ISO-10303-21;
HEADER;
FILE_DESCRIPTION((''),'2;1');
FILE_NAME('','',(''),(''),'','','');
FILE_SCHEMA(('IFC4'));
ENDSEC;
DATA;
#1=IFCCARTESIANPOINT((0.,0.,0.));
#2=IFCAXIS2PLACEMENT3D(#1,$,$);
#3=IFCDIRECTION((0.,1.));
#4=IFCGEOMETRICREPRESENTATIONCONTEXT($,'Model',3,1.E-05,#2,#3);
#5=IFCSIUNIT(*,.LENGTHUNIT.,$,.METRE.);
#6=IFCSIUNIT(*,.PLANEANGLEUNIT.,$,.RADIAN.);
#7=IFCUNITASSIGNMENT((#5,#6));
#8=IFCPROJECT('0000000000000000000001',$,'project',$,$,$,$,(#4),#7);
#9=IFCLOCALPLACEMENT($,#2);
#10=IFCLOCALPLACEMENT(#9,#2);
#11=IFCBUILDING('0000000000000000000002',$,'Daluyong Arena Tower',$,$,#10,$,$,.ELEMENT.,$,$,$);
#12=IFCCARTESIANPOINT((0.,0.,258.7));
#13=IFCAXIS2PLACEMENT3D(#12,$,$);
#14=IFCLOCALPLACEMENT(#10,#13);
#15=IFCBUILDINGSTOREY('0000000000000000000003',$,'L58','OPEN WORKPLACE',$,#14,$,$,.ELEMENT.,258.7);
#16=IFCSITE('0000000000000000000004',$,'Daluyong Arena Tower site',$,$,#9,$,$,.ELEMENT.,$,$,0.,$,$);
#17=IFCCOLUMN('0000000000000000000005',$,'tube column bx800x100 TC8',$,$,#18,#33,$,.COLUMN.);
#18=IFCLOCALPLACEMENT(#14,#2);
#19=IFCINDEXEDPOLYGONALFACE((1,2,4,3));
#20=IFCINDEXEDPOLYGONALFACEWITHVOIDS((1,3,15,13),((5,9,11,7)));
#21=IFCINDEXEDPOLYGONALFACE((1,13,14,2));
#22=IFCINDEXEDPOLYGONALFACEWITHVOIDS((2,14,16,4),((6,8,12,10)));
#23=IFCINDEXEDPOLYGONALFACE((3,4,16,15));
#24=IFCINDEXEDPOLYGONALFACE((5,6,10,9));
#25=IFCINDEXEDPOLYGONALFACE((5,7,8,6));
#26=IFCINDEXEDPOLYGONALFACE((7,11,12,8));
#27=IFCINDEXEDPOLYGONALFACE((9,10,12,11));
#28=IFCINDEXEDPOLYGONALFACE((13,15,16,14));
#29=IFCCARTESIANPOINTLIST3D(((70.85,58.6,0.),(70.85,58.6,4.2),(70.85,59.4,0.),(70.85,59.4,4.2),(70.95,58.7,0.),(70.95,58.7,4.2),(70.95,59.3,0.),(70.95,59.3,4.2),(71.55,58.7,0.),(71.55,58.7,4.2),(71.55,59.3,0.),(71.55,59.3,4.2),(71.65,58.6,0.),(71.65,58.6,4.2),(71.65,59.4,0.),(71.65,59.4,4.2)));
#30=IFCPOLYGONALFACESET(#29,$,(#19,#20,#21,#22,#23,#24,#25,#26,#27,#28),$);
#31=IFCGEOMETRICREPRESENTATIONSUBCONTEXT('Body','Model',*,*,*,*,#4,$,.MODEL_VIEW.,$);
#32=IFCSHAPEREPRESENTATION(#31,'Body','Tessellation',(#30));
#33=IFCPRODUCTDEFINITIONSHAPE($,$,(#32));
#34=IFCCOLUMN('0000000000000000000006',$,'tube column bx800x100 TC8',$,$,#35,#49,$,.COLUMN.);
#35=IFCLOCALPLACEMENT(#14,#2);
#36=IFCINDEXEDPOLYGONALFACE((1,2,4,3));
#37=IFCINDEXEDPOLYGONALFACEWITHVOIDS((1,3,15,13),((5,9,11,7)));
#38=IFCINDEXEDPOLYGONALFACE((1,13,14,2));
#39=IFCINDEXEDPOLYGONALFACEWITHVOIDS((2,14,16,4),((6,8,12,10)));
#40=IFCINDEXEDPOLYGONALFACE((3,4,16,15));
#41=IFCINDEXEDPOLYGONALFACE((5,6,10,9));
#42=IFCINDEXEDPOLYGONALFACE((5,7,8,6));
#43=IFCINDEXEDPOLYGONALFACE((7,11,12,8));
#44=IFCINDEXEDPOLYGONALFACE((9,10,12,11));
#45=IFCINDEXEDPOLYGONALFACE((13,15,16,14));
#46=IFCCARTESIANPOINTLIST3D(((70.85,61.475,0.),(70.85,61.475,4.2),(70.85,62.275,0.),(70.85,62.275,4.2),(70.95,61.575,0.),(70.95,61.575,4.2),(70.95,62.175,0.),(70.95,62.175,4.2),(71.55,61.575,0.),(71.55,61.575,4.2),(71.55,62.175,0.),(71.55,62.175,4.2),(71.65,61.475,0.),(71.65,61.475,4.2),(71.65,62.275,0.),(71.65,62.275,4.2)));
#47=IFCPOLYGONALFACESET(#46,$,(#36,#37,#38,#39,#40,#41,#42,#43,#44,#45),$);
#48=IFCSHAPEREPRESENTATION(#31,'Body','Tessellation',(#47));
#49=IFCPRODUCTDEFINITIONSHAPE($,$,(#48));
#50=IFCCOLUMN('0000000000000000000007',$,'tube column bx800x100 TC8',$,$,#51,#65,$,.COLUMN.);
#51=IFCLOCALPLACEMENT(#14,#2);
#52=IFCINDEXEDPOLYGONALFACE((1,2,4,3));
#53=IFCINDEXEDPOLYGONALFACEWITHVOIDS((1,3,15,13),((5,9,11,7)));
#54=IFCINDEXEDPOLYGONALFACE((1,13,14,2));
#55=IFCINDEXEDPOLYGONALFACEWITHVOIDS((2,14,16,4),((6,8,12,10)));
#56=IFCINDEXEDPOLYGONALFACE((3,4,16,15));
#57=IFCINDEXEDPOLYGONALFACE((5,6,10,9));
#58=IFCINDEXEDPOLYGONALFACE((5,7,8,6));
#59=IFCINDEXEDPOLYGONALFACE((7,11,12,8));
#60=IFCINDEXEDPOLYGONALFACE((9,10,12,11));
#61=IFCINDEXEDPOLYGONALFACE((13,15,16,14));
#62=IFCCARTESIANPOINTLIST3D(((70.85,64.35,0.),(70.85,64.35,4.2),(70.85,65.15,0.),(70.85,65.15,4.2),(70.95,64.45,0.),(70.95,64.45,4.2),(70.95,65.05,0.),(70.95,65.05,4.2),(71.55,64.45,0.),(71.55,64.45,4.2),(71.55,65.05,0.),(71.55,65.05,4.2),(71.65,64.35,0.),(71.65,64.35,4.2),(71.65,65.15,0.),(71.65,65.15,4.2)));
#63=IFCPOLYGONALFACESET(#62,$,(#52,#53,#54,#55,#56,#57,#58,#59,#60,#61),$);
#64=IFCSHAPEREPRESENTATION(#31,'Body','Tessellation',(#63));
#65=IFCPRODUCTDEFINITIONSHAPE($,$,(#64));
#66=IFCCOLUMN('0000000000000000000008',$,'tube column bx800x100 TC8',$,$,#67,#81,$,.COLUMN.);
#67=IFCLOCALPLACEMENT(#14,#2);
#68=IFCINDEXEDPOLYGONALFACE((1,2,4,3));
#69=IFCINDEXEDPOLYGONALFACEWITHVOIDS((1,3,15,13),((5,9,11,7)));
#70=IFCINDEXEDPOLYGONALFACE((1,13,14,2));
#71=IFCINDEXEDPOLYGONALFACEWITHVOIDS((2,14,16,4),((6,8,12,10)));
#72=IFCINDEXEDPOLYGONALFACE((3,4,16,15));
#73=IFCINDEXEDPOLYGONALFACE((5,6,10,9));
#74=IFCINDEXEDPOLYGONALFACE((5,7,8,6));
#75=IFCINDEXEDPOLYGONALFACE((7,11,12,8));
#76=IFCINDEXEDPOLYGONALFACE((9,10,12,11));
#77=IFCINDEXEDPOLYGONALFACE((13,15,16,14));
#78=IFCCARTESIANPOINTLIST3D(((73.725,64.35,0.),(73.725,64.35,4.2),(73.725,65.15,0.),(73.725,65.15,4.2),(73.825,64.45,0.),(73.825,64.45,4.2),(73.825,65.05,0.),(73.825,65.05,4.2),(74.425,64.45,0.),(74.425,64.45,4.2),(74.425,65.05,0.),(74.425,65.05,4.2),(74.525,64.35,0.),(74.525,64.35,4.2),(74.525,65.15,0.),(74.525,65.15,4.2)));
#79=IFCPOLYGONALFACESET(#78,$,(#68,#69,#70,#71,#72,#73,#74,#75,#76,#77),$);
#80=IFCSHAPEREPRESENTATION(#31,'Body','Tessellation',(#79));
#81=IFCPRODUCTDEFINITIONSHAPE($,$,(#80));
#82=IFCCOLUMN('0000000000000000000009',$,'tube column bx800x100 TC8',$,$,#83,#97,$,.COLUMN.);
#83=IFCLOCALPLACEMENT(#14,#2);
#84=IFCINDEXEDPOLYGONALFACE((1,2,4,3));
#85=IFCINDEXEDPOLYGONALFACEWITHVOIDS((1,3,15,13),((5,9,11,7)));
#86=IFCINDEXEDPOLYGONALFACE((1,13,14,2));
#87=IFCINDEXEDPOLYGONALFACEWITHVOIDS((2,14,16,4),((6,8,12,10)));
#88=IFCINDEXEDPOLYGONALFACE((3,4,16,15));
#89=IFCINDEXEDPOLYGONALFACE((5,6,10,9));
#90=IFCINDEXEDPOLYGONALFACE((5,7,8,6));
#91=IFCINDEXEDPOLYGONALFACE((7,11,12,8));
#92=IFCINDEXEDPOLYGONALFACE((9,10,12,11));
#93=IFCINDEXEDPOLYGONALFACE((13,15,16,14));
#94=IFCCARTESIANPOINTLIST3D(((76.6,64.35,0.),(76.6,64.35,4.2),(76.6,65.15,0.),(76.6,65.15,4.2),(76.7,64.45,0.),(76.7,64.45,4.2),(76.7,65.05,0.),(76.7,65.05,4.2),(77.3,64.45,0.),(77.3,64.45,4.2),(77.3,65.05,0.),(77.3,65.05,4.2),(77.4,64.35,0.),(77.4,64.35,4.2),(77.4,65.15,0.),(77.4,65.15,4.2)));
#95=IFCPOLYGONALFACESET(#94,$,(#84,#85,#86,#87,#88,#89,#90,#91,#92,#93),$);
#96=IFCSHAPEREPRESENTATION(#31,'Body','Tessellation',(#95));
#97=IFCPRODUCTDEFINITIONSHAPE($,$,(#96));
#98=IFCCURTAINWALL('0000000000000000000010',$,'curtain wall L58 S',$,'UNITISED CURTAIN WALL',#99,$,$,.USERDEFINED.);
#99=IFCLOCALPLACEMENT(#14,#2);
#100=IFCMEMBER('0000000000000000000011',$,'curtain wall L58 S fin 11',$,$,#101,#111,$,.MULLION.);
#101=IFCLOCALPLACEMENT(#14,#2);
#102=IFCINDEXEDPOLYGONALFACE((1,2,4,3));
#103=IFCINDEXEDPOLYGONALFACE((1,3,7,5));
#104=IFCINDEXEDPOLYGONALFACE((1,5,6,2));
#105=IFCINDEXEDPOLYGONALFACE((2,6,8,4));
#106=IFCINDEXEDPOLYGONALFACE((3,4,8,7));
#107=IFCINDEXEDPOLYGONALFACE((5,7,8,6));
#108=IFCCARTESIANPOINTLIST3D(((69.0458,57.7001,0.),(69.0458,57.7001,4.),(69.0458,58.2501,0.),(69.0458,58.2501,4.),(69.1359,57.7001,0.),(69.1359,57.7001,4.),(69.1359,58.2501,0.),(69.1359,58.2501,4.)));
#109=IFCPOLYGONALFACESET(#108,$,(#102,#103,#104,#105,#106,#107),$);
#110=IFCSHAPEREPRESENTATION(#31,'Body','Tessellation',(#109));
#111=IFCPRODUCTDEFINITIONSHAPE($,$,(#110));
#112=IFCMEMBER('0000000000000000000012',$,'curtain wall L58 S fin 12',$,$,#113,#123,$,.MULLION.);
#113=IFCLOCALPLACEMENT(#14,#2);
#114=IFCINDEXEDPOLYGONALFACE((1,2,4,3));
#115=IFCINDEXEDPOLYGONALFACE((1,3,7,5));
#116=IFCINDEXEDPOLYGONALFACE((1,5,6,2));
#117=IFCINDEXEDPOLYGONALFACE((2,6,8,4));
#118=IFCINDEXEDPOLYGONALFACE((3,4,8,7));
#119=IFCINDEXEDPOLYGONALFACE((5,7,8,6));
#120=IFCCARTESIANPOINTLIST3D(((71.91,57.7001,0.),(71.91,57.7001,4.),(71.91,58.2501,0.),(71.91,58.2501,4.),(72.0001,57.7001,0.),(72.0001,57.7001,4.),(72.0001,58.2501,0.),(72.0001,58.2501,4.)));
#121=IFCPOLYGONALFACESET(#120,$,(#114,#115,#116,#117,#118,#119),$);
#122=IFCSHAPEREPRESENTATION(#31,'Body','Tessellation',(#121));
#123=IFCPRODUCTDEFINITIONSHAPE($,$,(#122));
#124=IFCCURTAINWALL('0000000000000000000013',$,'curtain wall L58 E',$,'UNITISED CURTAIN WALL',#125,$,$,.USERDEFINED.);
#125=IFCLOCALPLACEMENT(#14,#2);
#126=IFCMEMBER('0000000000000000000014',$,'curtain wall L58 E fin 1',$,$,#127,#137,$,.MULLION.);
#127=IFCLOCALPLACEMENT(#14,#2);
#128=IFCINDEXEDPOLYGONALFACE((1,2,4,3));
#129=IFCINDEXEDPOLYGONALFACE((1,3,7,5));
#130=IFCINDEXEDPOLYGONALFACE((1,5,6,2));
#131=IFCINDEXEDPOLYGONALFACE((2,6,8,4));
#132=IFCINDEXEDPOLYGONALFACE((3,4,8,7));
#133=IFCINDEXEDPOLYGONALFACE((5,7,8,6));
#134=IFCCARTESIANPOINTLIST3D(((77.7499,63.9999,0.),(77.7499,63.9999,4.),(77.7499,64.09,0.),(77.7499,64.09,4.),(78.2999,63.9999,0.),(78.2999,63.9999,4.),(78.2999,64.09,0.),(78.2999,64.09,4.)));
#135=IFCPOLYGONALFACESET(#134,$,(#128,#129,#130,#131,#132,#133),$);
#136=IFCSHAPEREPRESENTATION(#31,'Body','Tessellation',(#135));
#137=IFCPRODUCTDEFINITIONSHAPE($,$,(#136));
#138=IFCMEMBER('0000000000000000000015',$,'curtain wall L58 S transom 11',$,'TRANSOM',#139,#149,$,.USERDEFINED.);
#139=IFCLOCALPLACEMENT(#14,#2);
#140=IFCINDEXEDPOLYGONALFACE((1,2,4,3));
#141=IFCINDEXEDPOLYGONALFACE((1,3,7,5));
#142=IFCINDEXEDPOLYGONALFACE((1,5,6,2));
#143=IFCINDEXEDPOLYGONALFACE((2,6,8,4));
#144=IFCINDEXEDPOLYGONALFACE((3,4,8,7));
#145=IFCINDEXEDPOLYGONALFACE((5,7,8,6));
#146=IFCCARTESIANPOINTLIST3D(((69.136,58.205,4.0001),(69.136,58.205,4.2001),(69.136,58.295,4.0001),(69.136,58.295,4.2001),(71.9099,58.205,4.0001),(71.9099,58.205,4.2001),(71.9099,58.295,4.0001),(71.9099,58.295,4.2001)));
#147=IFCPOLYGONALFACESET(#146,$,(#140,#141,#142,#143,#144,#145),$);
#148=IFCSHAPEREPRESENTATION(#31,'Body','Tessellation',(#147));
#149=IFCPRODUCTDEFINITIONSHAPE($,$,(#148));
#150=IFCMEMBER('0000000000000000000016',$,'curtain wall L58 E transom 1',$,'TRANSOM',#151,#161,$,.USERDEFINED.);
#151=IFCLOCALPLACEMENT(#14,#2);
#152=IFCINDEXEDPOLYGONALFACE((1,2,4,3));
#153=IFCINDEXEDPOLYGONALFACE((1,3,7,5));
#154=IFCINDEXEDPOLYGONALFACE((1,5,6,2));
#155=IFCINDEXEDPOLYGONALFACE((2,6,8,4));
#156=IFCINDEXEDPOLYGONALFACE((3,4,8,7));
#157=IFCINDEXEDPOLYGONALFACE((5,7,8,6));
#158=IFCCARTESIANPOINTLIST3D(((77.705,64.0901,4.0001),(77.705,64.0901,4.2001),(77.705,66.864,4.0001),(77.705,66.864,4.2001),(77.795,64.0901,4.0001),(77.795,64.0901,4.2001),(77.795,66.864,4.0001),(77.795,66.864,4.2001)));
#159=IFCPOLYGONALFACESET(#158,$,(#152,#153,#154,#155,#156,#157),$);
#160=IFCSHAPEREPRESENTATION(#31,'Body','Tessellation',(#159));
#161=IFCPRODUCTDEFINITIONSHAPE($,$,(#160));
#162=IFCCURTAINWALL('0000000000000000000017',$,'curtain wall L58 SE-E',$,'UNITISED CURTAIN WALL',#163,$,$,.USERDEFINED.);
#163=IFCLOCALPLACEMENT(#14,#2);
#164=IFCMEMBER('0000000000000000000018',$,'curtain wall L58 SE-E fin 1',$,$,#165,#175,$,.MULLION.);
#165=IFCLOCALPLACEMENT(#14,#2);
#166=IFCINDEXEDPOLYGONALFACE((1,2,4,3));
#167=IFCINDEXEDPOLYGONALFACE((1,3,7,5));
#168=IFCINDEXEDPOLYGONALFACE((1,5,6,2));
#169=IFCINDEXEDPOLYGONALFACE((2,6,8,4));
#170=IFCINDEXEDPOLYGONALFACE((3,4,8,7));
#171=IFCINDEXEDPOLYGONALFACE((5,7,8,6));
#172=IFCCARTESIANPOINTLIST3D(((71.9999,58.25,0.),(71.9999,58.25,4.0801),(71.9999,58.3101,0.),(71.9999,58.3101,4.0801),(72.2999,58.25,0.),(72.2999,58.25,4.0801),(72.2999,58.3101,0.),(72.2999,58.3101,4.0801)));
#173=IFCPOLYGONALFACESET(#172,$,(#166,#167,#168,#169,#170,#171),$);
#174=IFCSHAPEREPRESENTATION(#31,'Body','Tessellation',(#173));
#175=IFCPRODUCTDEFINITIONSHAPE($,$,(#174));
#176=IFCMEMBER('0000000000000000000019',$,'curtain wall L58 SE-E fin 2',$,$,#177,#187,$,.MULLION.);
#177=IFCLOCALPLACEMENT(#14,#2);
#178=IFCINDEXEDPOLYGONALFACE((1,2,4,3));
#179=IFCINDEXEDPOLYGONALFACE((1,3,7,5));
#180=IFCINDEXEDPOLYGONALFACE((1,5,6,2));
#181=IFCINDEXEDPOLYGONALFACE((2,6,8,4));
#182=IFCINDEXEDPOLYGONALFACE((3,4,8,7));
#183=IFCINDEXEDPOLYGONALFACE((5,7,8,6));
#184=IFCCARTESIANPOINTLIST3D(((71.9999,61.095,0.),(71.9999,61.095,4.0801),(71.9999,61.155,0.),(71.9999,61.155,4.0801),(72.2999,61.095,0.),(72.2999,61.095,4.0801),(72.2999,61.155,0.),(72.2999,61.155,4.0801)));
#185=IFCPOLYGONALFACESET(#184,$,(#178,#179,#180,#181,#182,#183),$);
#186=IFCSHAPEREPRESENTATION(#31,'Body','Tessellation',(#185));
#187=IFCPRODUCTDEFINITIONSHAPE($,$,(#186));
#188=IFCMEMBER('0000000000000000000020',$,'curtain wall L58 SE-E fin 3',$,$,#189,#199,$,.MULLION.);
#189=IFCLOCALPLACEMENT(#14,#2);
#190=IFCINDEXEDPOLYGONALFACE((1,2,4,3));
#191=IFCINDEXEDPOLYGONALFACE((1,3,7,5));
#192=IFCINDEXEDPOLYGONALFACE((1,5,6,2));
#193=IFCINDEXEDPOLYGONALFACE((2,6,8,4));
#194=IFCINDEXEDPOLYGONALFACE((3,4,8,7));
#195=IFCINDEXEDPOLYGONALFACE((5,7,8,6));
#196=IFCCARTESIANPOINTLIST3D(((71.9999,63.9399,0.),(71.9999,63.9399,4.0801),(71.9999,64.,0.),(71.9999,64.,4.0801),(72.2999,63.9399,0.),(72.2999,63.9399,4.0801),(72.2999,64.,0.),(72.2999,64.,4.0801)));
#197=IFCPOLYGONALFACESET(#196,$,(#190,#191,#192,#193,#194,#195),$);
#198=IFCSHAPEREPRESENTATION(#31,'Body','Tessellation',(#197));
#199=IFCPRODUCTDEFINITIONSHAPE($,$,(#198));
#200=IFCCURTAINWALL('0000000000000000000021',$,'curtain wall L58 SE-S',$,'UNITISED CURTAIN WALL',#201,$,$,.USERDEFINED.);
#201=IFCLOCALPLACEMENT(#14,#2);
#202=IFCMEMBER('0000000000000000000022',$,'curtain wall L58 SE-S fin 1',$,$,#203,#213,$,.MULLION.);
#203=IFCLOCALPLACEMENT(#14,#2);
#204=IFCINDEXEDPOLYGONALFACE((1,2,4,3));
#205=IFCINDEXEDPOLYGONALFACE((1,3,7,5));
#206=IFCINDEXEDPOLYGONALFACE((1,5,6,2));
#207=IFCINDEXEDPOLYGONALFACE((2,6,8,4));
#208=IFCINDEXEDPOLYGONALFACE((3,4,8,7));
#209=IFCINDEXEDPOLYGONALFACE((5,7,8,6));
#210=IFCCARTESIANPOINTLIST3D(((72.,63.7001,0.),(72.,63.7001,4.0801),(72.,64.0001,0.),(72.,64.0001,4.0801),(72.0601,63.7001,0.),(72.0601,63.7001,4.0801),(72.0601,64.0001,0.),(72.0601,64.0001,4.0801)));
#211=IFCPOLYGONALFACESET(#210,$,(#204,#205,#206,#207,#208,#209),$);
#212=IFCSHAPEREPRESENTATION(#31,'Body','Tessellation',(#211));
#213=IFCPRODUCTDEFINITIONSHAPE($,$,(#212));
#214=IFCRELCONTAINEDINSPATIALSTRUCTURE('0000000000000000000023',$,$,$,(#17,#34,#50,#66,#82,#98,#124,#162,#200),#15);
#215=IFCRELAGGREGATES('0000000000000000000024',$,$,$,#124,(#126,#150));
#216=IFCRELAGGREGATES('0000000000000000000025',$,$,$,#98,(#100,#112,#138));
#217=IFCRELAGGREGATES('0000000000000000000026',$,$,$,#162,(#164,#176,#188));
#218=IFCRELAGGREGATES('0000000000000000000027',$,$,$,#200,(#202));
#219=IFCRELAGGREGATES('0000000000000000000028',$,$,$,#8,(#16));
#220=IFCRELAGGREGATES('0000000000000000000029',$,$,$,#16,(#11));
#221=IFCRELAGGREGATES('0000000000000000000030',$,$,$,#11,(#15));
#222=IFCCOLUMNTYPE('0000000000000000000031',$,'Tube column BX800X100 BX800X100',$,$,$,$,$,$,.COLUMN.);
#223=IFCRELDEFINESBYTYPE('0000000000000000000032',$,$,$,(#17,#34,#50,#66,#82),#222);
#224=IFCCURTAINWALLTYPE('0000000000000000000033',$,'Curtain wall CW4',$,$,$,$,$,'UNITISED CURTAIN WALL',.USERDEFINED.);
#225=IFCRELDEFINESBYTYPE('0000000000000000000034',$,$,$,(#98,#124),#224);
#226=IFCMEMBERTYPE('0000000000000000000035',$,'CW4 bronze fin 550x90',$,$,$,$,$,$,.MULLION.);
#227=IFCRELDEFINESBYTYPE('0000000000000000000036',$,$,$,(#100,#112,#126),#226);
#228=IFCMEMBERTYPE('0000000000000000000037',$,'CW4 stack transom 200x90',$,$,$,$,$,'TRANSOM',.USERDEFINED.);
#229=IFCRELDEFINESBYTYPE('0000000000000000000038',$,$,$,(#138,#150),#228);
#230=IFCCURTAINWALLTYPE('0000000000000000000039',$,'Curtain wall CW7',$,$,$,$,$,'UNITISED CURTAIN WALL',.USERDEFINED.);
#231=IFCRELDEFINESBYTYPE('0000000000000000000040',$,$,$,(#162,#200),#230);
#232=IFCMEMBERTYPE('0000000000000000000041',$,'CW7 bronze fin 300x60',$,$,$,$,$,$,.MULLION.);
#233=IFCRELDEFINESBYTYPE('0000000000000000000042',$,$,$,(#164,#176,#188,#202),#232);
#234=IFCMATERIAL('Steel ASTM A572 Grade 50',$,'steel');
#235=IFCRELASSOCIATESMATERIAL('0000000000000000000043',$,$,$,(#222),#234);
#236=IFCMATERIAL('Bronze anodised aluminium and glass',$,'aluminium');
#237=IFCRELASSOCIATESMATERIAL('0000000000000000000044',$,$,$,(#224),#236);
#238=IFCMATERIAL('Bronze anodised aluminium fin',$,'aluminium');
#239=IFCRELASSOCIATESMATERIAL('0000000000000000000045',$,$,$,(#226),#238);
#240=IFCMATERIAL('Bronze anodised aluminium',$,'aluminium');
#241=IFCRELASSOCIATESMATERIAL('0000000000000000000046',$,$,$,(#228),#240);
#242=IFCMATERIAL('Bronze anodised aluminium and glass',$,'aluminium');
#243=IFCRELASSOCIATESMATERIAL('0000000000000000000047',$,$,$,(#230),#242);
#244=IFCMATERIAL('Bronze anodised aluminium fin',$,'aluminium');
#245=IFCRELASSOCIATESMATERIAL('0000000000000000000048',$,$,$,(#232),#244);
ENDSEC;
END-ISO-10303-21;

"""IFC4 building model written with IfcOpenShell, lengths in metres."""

from ifc_helpers import new_model, si_unit, direction, frame, origin, origin_2d, place, context, subcontext, project, spatial, rectangle, hollow_rectangle, extrude, material, material_profile, profile_set, type_object, element, aggregate, save


model = new_model("IFC4")

# Units and contexts
model_context = context("Model", 3, precision=1e-05, world=origin(), true_north=direction((0.0, 1.0)))
body_context = subcontext(model_context, "Body", "Model", "MODEL_VIEW")
ifc_project = project(units=[si_unit("LENGTHUNIT", "METRE"), si_unit("PLANEANGLEUNIT", "RADIAN")], contexts=[model_context])

# Site, building, storey
site_placement = place(None, origin())
site = spatial("IfcSite", under=ifc_project, at=site_placement, Name="Daluyong Arena Tower site", CompositionType="ELEMENT", RefElevation=0.0)
building_placement = place(site_placement, origin())
building = spatial("IfcBuilding", under=site, at=building_placement, Name="Daluyong Arena Tower", CompositionType="ELEMENT")
storey_placement = place(building_placement, frame((0.0, 0.0, 258.7)))
storey = spatial("IfcBuildingStorey", under=building, at=storey_placement, Name="L58", Description="OPEN WORKPLACE", CompositionType="ELEMENT", Elevation=258.7)

# Columns
ifc_material_1 = material(Name="Steel ASTM A572 Grade 50", Category="steel")
ifc_material_profile_1 = material_profile(ifc_material_1, hollow_rectangle(XDim=0.8, YDim=0.8, WallThickness=0.1, at=origin_2d()))
ifc_profile_set_1 = profile_set([ifc_material_profile_1], Name="Steel ASTM A572 Grade 50")
column_type = type_object("IfcColumnType", Name="Tube column BX800X100 BX800X100", PredefinedType="COLUMN", material=ifc_profile_set_1)
for number, where, z_axis, x_axis, name in (
    (1, (71.25, 59.0, 0.0), (0.0, 0.0, 1.0), (0.0, 1.0, 0.0), "tube column bx800x100 TC8"),
    (2, (71.25, 61.875, 0.0), (0.0, 0.0, 1.0), (0.0, 1.0, 0.0), "tube column bx800x100 TC8"),
    (3, (71.25, 64.75, 0.0), (0.0, 0.0, 1.0), (1.0, 0.0, 0.0), "tube column bx800x100 TC8"),
    (4, (74.125, 64.75, 0.0), (0.0, 0.0, 1.0), (1.0, 0.0, 0.0), "tube column bx800x100 TC8"),
    (5, (77.0, 64.75, 0.0), (0.0, 0.0, 1.0), (0.0, 1.0, 0.0), "tube column bx800x100 TC8"),
):
    element("IfcColumn", number, at=place(storey_placement, frame(where, z_axis=z_axis, x_axis=x_axis)), inside=storey, type_object=column_type, Name=name, PredefinedType="COLUMN", context=body_context, shape_type="SweptSolid", body=[
        extrude(hollow_rectangle(XDim=0.8, YDim=0.8, WallThickness=0.1, at=origin_2d()), origin(), (0.0, 0.0, 1.0), 4.2),
    ])

# Curtain wall, members
ifc_material_2 = material(Name="Bronze anodised aluminium and glass", Category="aluminium")
curtain_wall_type_1 = type_object("IfcCurtainWallType", Name="Curtain wall CW4", ElementType="UNITISED CURTAIN WALL", PredefinedType="USERDEFINED", material=ifc_material_2)
curtain_wall_1_placement = place(storey_placement, origin())
curtain_wall_1 = element("IfcCurtainWall", 6, at=curtain_wall_1_placement, inside=storey, type_object=curtain_wall_type_1, Name="curtain wall L58 S", ObjectType="UNITISED CURTAIN WALL", PredefinedType="USERDEFINED")
ifc_material_3 = material(Name="Bronze anodised aluminium fin", Category="aluminium")
ifc_material_profile_2 = material_profile(ifc_material_3, rectangle(XDim=0.55, YDim=0.0901, at=origin_2d()))
ifc_profile_set_2 = profile_set([ifc_material_profile_2], Name="Bronze anodised aluminium fin")
member_type_1 = type_object("IfcMemberType", Name="CW4 bronze fin 550x90", PredefinedType="MULLION", material=ifc_profile_set_2)
member_1_placement = place(storey_placement, frame((69.0908, 57.9751, 0.0), z_axis=(0.0, 0.0, 1.0), x_axis=(0.0, 1.0, 0.0)))
member_1 = element("IfcMember", 7, at=member_1_placement, type_object=member_type_1, Name="curtain wall L58 S fin 11", PredefinedType="MULLION", context=body_context, shape_type="SweptSolid", body=[
    extrude(rectangle(XDim=0.55, YDim=0.0901, at=origin_2d()), origin(), (0.0, 0.0, 1.0), 4.0),
])
member_2_placement = place(storey_placement, frame((71.9551, 57.9751, 0.0), z_axis=(0.0, 0.0, 1.0), x_axis=(0.0, 1.0, 0.0)))
member_2 = element("IfcMember", 8, at=member_2_placement, type_object=member_type_1, Name="curtain wall L58 S fin 12", PredefinedType="MULLION", context=body_context, shape_type="SweptSolid", body=[
    extrude(rectangle(XDim=0.55, YDim=0.0901, at=origin_2d()), origin(), (0.0, 0.0, 1.0), 4.0),
])

# Curtain wall, member
curtain_wall_2_placement = place(storey_placement, origin())
curtain_wall_2 = element("IfcCurtainWall", 9, at=curtain_wall_2_placement, inside=storey, type_object=curtain_wall_type_1, Name="curtain wall L58 E", ObjectType="UNITISED CURTAIN WALL", PredefinedType="USERDEFINED")
member_3_placement = place(storey_placement, frame((78.0249, 64.0449, 0.0), z_axis=(0.0, 0.0, 1.0), x_axis=(-1.0, 0.0, 0.0)))
member_3 = element("IfcMember", 10, at=member_3_placement, type_object=member_type_1, Name="curtain wall L58 E fin 1", PredefinedType="MULLION", context=body_context, shape_type="SweptSolid", body=[
    extrude(rectangle(XDim=0.55, YDim=0.0901, at=origin_2d()), origin(), (0.0, 0.0, 1.0), 4.0),
])

# Members
ifc_material_4 = material(Name="Bronze anodised aluminium", Category="aluminium")
ifc_material_profile_3 = material_profile(ifc_material_4, rectangle(XDim=0.0901, YDim=0.2, at=origin_2d()))
ifc_profile_set_3 = profile_set([ifc_material_profile_3], Name="Bronze anodised aluminium")
member_type_2 = type_object("IfcMemberType", Name="CW4 stack transom 200x90", ElementType="TRANSOM", PredefinedType="USERDEFINED", material=ifc_profile_set_3)
member_4_placement = place(storey_placement, frame((69.136, 58.25, 4.1001), z_axis=(1.0, 0.0, 0.0), x_axis=(0.0, 1.0, 0.0)))
member_4 = element("IfcMember", 11, at=member_4_placement, type_object=member_type_2, Name="curtain wall L58 S transom 11", ObjectType="TRANSOM", PredefinedType="USERDEFINED", context=body_context, shape_type="SweptSolid", body=[
    extrude(rectangle(XDim=0.0901, YDim=0.2, at=origin_2d()), origin(), (0.0, 0.0, 1.0), 2.7739),
])
member_5_placement = place(storey_placement, frame((77.75, 64.0901, 4.1001), z_axis=(0.0, 1.0, 0.0), x_axis=(-1.0, 0.0, 0.0)))
member_5 = element("IfcMember", 12, at=member_5_placement, type_object=member_type_2, Name="curtain wall L58 E transom 1", ObjectType="TRANSOM", PredefinedType="USERDEFINED", context=body_context, shape_type="SweptSolid", body=[
    extrude(rectangle(XDim=0.0901, YDim=0.2, at=origin_2d()), origin(), (0.0, 0.0, 1.0), 2.7739),
])
aggregate(curtain_wall_2, [member_3, member_5])

# Curtain walls, members
ifc_material_5 = material(Name="Bronze anodised aluminium and glass", Category="aluminium")
curtain_wall_type_2 = type_object("IfcCurtainWallType", Name="Curtain wall CW7", ElementType="UNITISED CURTAIN WALL", PredefinedType="USERDEFINED", material=ifc_material_5)
curtain_wall_3_placement = place(storey_placement, origin())
curtain_wall_3 = element("IfcCurtainWall", 13, at=curtain_wall_3_placement, inside=storey, type_object=curtain_wall_type_2, Name="curtain wall L58 SE-E", ObjectType="UNITISED CURTAIN WALL", PredefinedType="USERDEFINED")
ifc_material_6 = material(Name="Bronze anodised aluminium fin", Category="aluminium")
ifc_material_profile_4 = material_profile(ifc_material_6, rectangle(XDim=0.3, YDim=0.0601, at=origin_2d()))
ifc_profile_set_4 = profile_set([ifc_material_profile_4], Name="Bronze anodised aluminium fin")
member_type_3 = type_object("IfcMemberType", Name="CW7 bronze fin 300x60", PredefinedType="MULLION", material=ifc_profile_set_4)
member_6_placement = place(storey_placement, frame((72.1499, 58.28, 0.0), z_axis=(0.0, 0.0, 1.0), x_axis=(-1.0, 0.0, 0.0)))
member_6 = element("IfcMember", 14, at=member_6_placement, type_object=member_type_3, Name="curtain wall L58 SE-E fin 1", PredefinedType="MULLION", context=body_context, shape_type="SweptSolid", body=[
    extrude(rectangle(XDim=0.3, YDim=0.0601, at=origin_2d()), origin(), (0.0, 0.0, 1.0), 4.0801),
])
member_7_placement = place(storey_placement, frame((72.1499, 61.125, 0.0), z_axis=(0.0, 0.0, 1.0), x_axis=(-1.0, 0.0, 0.0)))
member_7 = element("IfcMember", 15, at=member_7_placement, type_object=member_type_3, Name="curtain wall L58 SE-E fin 2", PredefinedType="MULLION", context=body_context, shape_type="SweptSolid", body=[
    extrude(rectangle(XDim=0.3, YDim=0.0601, at=origin_2d()), origin(), (0.0, 0.0, 1.0), 4.0801),
])
member_8_placement = place(storey_placement, frame((72.1499, 63.97, 0.0), z_axis=(0.0, 0.0, 1.0), x_axis=(-1.0, 0.0, 0.0)))
member_8 = element("IfcMember", 16, at=member_8_placement, type_object=member_type_3, Name="curtain wall L58 SE-E fin 3", PredefinedType="MULLION", context=body_context, shape_type="SweptSolid", body=[
    extrude(rectangle(XDim=0.3, YDim=0.0601, at=origin_2d()), origin(), (0.0, 0.0, 1.0), 4.0801),
])
curtain_wall_4_placement = place(storey_placement, origin())
curtain_wall_4 = element("IfcCurtainWall", 17, at=curtain_wall_4_placement, inside=storey, type_object=curtain_wall_type_2, Name="curtain wall L58 SE-S", ObjectType="UNITISED CURTAIN WALL", PredefinedType="USERDEFINED")
member_9_placement = place(storey_placement, frame((72.03, 63.8501, 0.0), z_axis=(0.0, 0.0, 1.0), x_axis=(0.0, 1.0, 0.0)))
member_9 = element("IfcMember", 18, at=member_9_placement, type_object=member_type_3, Name="curtain wall L58 SE-S fin 1", PredefinedType="MULLION", context=body_context, shape_type="SweptSolid", body=[
    extrude(rectangle(XDim=0.3, YDim=0.0601, at=origin_2d()), origin(), (0.0, 0.0, 1.0), 4.0801),
])

aggregate(curtain_wall_1, [member_1, member_2, member_4])
aggregate(curtain_wall_3, [member_6, member_7, member_8])
aggregate(curtain_wall_4, [member_9])

save(model, "model.ifc")
